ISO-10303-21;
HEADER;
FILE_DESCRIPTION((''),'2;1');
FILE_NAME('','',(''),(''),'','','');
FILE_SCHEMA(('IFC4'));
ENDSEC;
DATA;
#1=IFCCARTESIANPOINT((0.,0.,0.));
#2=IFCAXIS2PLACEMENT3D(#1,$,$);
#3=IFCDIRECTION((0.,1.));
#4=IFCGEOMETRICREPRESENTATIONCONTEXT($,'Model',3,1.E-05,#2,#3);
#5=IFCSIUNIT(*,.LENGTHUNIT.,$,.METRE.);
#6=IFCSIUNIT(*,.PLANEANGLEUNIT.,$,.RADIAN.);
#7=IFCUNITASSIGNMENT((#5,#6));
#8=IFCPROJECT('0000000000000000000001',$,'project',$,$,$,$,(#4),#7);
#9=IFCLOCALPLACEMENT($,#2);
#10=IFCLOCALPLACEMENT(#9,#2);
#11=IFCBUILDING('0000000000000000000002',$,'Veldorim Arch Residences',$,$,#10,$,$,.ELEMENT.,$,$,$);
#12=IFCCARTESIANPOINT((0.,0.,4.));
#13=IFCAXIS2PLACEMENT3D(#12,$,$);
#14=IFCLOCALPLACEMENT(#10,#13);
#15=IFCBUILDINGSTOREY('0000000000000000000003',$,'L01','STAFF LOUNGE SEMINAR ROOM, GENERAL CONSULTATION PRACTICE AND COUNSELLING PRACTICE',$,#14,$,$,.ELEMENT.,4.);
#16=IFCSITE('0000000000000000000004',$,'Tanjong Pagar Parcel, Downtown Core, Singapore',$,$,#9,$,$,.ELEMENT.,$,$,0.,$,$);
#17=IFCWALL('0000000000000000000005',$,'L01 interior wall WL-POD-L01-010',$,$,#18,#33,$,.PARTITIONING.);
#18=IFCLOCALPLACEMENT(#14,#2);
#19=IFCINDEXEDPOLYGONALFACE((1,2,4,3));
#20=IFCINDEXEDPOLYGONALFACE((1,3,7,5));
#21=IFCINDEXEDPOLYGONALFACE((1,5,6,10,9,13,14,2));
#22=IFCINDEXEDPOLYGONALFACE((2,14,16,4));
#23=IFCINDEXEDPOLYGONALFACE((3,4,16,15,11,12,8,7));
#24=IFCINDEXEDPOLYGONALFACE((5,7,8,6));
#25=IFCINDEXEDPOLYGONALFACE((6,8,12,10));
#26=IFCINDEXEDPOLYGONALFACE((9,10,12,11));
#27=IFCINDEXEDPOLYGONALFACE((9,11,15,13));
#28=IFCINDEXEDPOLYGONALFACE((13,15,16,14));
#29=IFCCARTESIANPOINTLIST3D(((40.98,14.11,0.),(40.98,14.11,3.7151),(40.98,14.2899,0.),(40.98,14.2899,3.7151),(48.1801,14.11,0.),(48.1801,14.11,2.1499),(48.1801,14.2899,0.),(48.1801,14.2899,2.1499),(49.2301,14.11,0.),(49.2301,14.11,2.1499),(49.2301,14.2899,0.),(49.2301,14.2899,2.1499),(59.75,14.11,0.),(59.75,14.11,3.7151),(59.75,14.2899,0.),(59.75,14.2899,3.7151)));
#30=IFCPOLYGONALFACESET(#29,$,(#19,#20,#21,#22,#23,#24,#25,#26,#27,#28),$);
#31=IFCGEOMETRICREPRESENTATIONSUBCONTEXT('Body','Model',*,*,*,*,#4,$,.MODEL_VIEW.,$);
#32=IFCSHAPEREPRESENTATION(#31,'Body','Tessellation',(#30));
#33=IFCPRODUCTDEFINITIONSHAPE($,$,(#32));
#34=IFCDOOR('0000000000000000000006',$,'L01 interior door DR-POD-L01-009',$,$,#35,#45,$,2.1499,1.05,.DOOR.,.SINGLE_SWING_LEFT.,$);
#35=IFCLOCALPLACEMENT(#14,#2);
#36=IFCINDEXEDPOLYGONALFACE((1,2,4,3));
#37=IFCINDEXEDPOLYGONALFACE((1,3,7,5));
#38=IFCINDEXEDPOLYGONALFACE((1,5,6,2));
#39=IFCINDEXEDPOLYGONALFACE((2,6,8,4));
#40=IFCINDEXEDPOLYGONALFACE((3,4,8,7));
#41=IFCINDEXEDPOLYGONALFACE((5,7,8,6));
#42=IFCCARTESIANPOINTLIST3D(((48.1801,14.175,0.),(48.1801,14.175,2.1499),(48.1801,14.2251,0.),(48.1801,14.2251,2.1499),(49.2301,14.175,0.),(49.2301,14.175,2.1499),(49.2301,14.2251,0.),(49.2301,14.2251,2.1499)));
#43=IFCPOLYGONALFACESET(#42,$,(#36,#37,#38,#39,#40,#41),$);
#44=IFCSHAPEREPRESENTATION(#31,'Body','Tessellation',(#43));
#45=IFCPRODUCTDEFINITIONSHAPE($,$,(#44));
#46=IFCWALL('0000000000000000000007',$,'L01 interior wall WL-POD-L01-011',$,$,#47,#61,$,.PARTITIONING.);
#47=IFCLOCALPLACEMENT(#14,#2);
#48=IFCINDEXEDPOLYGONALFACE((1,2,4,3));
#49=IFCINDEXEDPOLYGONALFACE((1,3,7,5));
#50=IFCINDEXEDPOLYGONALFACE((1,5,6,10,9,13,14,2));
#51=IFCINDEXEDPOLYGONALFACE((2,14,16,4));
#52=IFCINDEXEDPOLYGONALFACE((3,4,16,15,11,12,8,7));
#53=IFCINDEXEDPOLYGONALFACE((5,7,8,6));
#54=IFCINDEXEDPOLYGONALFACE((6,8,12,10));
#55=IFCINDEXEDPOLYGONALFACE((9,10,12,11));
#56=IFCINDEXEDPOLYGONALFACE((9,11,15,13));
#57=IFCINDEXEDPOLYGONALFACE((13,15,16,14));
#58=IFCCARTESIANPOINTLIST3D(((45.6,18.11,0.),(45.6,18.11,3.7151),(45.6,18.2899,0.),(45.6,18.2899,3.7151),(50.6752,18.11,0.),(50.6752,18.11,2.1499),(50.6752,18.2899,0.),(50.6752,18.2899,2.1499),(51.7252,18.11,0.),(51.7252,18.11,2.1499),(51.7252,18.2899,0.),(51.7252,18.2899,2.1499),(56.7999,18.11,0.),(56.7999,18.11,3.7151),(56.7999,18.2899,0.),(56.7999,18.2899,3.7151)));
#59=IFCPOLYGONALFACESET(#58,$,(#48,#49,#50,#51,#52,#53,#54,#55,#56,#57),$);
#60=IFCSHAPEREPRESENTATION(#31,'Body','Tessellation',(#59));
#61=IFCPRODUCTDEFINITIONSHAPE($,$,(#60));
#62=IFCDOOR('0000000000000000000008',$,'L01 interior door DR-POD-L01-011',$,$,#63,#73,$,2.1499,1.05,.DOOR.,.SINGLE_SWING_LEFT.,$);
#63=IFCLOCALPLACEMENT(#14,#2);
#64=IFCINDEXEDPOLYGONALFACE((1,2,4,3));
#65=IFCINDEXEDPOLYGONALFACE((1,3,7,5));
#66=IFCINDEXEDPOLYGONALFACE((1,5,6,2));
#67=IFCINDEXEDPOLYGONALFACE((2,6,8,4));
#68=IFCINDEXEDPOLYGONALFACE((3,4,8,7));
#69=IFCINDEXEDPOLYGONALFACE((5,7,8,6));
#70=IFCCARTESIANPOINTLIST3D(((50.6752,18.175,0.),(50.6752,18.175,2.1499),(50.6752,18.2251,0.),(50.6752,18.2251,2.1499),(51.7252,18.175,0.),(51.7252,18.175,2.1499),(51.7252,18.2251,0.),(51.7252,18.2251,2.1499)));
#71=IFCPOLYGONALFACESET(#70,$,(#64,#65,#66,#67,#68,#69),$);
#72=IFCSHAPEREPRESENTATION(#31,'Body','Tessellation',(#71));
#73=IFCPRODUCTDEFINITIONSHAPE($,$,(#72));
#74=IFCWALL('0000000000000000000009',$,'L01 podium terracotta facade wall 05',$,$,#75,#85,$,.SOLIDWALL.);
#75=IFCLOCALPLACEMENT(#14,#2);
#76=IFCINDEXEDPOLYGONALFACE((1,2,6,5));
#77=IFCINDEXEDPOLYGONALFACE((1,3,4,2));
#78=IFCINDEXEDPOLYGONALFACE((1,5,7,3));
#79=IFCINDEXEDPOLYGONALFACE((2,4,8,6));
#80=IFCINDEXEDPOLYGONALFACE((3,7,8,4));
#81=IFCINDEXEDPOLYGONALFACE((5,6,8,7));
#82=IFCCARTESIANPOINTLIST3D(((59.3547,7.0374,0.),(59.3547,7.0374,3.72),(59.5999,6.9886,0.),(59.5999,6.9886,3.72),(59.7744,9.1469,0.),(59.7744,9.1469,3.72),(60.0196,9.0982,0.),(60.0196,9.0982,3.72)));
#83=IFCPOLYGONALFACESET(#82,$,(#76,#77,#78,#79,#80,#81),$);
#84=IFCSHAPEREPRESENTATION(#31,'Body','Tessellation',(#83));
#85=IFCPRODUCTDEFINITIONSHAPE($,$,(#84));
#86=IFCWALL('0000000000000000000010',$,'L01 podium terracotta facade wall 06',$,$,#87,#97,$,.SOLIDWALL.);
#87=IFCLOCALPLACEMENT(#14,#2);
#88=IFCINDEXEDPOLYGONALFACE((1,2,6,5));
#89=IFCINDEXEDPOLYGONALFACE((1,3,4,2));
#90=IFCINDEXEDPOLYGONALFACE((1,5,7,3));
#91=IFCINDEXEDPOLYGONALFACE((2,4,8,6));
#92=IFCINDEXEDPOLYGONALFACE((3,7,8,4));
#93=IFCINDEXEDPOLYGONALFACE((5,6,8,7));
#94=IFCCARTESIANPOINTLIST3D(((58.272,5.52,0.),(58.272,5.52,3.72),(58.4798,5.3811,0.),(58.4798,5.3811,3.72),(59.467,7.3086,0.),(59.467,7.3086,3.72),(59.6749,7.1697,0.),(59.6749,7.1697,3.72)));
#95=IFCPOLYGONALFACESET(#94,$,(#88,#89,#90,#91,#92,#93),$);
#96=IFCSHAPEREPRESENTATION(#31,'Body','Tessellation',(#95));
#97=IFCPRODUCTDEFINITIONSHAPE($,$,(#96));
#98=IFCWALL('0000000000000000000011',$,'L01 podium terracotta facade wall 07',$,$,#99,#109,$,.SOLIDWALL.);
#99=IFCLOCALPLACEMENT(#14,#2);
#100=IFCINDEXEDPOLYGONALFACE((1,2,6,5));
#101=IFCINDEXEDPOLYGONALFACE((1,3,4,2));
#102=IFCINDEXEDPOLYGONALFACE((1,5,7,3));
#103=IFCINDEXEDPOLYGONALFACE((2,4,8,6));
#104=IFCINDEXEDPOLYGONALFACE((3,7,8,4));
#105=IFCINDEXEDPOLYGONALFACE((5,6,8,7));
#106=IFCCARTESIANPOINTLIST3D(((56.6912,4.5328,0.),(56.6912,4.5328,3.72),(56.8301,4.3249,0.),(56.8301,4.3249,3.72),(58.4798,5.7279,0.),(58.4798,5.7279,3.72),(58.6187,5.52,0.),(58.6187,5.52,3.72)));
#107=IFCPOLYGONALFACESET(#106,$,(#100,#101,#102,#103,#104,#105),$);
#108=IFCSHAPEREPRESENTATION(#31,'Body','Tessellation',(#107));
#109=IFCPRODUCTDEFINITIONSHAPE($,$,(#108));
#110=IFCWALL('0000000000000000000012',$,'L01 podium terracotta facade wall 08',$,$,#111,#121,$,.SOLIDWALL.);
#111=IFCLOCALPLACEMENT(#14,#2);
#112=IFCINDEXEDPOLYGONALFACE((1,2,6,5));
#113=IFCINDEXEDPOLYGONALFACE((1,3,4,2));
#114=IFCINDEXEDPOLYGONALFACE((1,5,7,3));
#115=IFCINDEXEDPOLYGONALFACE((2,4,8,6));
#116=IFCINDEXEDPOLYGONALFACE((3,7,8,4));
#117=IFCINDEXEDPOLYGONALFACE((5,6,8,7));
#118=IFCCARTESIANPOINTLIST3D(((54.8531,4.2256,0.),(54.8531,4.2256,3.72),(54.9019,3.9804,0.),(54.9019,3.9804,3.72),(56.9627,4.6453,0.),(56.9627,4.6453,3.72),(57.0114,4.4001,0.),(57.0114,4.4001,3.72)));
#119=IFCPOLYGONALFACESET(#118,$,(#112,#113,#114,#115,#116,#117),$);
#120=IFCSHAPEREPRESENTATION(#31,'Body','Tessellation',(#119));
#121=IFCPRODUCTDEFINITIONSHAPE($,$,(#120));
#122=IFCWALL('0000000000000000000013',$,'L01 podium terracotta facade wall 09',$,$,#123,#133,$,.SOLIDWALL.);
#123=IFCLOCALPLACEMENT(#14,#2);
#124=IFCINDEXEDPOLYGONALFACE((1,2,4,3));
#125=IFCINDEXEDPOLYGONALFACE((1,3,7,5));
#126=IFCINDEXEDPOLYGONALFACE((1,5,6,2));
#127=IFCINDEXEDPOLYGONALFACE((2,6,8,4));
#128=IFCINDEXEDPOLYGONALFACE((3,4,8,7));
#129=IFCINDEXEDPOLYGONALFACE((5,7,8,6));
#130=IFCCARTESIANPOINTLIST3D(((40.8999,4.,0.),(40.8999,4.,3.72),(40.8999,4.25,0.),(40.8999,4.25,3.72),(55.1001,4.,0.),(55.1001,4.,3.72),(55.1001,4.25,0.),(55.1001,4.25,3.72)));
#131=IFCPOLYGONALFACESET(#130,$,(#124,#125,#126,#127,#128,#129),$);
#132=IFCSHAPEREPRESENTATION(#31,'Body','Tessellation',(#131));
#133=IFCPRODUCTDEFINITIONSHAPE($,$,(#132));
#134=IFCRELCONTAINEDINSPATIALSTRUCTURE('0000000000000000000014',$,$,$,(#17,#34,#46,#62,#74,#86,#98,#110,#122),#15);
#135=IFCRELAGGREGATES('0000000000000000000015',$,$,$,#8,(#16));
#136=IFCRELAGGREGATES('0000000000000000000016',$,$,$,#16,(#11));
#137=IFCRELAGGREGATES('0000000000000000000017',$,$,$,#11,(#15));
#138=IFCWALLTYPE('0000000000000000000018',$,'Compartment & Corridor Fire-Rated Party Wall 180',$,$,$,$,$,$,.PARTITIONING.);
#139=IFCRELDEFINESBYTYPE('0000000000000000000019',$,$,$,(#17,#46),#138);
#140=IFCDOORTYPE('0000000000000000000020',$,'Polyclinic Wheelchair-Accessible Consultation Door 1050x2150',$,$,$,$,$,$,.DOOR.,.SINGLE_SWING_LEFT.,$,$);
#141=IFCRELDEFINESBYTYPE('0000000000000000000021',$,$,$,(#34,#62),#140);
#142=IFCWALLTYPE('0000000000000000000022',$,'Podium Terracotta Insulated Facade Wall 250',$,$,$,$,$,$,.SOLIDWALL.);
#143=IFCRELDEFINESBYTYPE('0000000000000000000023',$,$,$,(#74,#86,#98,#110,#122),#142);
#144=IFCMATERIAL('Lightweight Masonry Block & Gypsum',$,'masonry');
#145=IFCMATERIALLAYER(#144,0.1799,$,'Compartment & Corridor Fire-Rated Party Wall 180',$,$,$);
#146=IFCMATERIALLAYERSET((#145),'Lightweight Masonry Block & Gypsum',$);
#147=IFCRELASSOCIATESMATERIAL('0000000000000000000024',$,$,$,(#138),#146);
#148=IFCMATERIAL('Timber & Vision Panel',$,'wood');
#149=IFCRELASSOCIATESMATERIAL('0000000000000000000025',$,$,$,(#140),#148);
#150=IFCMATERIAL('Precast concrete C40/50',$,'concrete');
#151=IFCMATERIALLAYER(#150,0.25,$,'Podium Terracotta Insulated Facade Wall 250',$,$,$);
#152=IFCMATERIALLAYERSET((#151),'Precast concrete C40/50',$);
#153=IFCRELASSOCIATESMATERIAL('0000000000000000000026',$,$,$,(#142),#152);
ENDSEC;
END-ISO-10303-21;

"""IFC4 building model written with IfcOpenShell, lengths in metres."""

from ifc_helpers import new_model, si_unit, direction, frame, frame_2d, origin, place, context, subcontext, project, spatial, rectangle, extrude, material, layer, layer_set, type_object, element, fill, save


model = new_model("IFC4")

# Units and contexts
model_context = context("Model", 3, precision=1e-05, world=origin(), true_north=direction((0.0, 1.0)))
body_context = subcontext(model_context, "Body", "Model", "MODEL_VIEW")
ifc_project = project(units=[si_unit("LENGTHUNIT", "METRE"), si_unit("PLANEANGLEUNIT", "RADIAN")], contexts=[model_context])

# Site, building, storey
site_placement = place(None, origin())
site = spatial("IfcSite", under=ifc_project, at=site_placement, Name="Tanjong Pagar Parcel, Downtown Core, Singapore", CompositionType="ELEMENT", RefElevation=0.0)
building_placement = place(site_placement, origin())
building = spatial("IfcBuilding", under=site, at=building_placement, Name="Veldorim Arch Residences", CompositionType="ELEMENT")
storey_placement = place(building_placement, frame((0.0, 0.0, 4.0)))
storey = spatial("IfcBuildingStorey", under=building, at=storey_placement, Name="L01", Description="STAFF LOUNGE SEMINAR ROOM, GENERAL CONSULTATION PRACTICE AND COUNSELLING PRACTICE", CompositionType="ELEMENT", Elevation=4.0)

# Walls, openings, doors
ifc_material_1 = material(Name="Lightweight Masonry Block & Gypsum", Category="masonry")
ifc_layer_1 = layer(ifc_material_1, 0.1799, Name="Compartment & Corridor Fire-Rated Party Wall 180")
ifc_layer_set_1 = layer_set([ifc_layer_1], Name="Lightweight Masonry Block & Gypsum")
wall_type_1 = type_object("IfcWallType", Name="Compartment & Corridor Fire-Rated Party Wall 180", PredefinedType="PARTITIONING", material=ifc_layer_set_1)
wall_1_placement = place(storey_placement, frame((59.75, 14.2, 0.0), z_axis=(0.0, 0.0, 1.0), x_axis=(-1.0, 0.0, 0.0)))
wall_1 = element("IfcWall", 1, at=wall_1_placement, inside=storey, type_object=wall_type_1, Name="L01 interior wall WL-POD-L01-010", PredefinedType="PARTITIONING", context=body_context, shape_type="SweptSolid", body=[
    extrude(rectangle(XDim=18.77, YDim=0.1799, at=frame_2d((9.385, 0.0))), origin(), (0.0, 0.0, 1.0), 3.7151),
])
opening_1_placement = place(wall_1_placement, frame((10.52, 0.0, 0.0)))
opening_1 = element("IfcOpeningElement", 2, at=opening_1_placement, cuts=wall_1, PredefinedType="OPENING", context=body_context, shape_type="SweptSolid", body=[
    extrude(rectangle(XDim=1.05, YDim=2.1499, at=frame_2d((0.5249, 1.075))), frame((0.0, 0.0999, 0.0), z_axis=(0.0, -1.0, 0.0), x_axis=(1.0, 0.0, 0.0)), (0.0, 0.0, 1.0), 0.2),
])
ifc_material_2 = material(Name="Timber & Vision Panel", Category="wood")
door_type = type_object("IfcDoorType", Name="Polyclinic Wheelchair-Accessible Consultation Door 1050x2150", OperationType="SINGLE_SWING_LEFT", PredefinedType="DOOR", material=ifc_material_2)
door_1_placement = place(opening_1_placement, origin())
door_1 = element("IfcDoor", 3, at=door_1_placement, inside=storey, type_object=door_type, Name="L01 interior door DR-POD-L01-009", OperationType="SINGLE_SWING_LEFT", OverallHeight=2.1499, OverallWidth=1.05, PredefinedType="DOOR", context=body_context, shape_type="SweptSolid", body=[
    extrude(rectangle(XDim=1.05, YDim=2.1499, at=frame_2d((0.5249, 1.075))), frame((0.0, 0.0249, 0.0), z_axis=(0.0, -1.0, 0.0), x_axis=(1.0, 0.0, 0.0)), (0.0, 0.0, 1.0), 0.05),
])
fill(opening_1, door_1)
wall_2_placement = place(storey_placement, frame((56.8, 18.2, 0.0), z_axis=(0.0, 0.0, 1.0), x_axis=(-1.0, 0.0, 0.0)))
wall_2 = element("IfcWall", 4, at=wall_2_placement, inside=storey, type_object=wall_type_1, Name="L01 interior wall WL-POD-L01-011", PredefinedType="PARTITIONING", context=body_context, shape_type="SweptSolid", body=[
    extrude(rectangle(XDim=11.2, YDim=0.1799, at=frame_2d((5.6001, 0.0))), origin(), (0.0, 0.0, 1.0), 3.7151),
])
opening_2_placement = place(wall_2_placement, frame((5.075, 0.0, 0.0)))
opening_2 = element("IfcOpeningElement", 5, at=opening_2_placement, cuts=wall_2, PredefinedType="OPENING", context=body_context, shape_type="SweptSolid", body=[
    extrude(rectangle(XDim=1.05, YDim=2.1499, at=frame_2d((0.5249, 1.075))), frame((0.0, 0.0999, 0.0), z_axis=(0.0, -1.0, 0.0), x_axis=(1.0, 0.0, 0.0)), (0.0, 0.0, 1.0), 0.2),
])
door_2_placement = place(opening_2_placement, origin())
door_2 = element("IfcDoor", 6, at=door_2_placement, inside=storey, type_object=door_type, Name="L01 interior door DR-POD-L01-011", OperationType="SINGLE_SWING_LEFT", OverallHeight=2.1499, OverallWidth=1.05, PredefinedType="DOOR", context=body_context, shape_type="SweptSolid", body=[
    extrude(rectangle(XDim=1.05, YDim=2.1499, at=frame_2d((0.5249, 1.075))), frame((0.0, 0.0249, 0.0), z_axis=(0.0, -1.0, 0.0), x_axis=(1.0, 0.0, 0.0)), (0.0, 0.0, 1.0), 0.05),
])
fill(opening_2, door_2)

# Walls
ifc_material_3 = material(Name="Precast concrete C40/50", Category="concrete")
ifc_layer_2 = layer(ifc_material_3, 0.25, Name="Podium Terracotta Insulated Facade Wall 250")
ifc_layer_set_2 = layer_set([ifc_layer_2], Name="Precast concrete C40/50")
wall_type_2 = type_object("IfcWallType", Name="Podium Terracotta Insulated Facade Wall 250", PredefinedType="SOLIDWALL", material=ifc_layer_set_2)
wall_3_placement = place(storey_placement, frame((59.897, 9.1226, 0.0), z_axis=(0.0, 0.0, 1.0), x_axis=(-0.195112, -0.980781, 0.0)))
element("IfcWall", 7, at=wall_3_placement, inside=storey, type_object=wall_type_2, Name="L01 podium terracotta facade wall 05", PredefinedType="SOLIDWALL", context=body_context, shape_type="SweptSolid", body=[
    extrude(rectangle(XDim=2.1509, YDim=0.25, at=frame_2d((1.0754, 0.0))), origin(), (0.0, 0.0, 1.0), 3.72),
])
for number, where, z_axis, x_axis, name in (
    (8, (59.571, 7.2393, 0.0), (0.0, 0.0, 1.0), (-0.555564, -0.831474, 0.0), "L01 podium terracotta facade wall 06"),
    (9, (58.5493, 5.624, 0.0), (0.0, 0.0, 1.0), (-0.831474, -0.555564, 0.0), "L01 podium terracotta facade wall 07"),
):
    element("IfcWall", number, at=place(storey_placement, frame(where, z_axis=z_axis, x_axis=x_axis)), inside=storey, type_object=wall_type_2, Name=name, PredefinedType="SOLIDWALL", context=body_context, shape_type="SweptSolid", body=[
        extrude(rectangle(XDim=2.1511, YDim=0.25, at=frame_2d((1.0757, 0.0))), origin(), (0.0, 0.0, 1.0), 3.72),
    ])
wall_4_placement = place(storey_placement, frame((56.9871, 4.5227, 0.0), z_axis=(0.0, 0.0, 1.0), x_axis=(-0.980781, -0.195112, 0.0)))
element("IfcWall", 10, at=wall_4_placement, inside=storey, type_object=wall_type_2, Name="L01 podium terracotta facade wall 08", PredefinedType="SOLIDWALL", context=body_context, shape_type="SweptSolid", body=[
    extrude(rectangle(XDim=2.1509, YDim=0.25, at=frame_2d((1.0754, 0.0))), origin(), (0.0, 0.0, 1.0), 3.72),
])
wall_5_placement = place(storey_placement, frame((55.1001, 4.125, 0.0), z_axis=(0.0, 0.0, 1.0), x_axis=(-1.0, 0.0, 0.0)))
element("IfcWall", 11, at=wall_5_placement, inside=storey, type_object=wall_type_2, Name="L01 podium terracotta facade wall 09", PredefinedType="SOLIDWALL", context=body_context, shape_type="SweptSolid", body=[
    extrude(rectangle(XDim=14.2002, YDim=0.25, at=frame_2d((7.1001, 0.0))), origin(), (0.0, 0.0, 1.0), 3.72),
])

save(model, "model.ifc")
